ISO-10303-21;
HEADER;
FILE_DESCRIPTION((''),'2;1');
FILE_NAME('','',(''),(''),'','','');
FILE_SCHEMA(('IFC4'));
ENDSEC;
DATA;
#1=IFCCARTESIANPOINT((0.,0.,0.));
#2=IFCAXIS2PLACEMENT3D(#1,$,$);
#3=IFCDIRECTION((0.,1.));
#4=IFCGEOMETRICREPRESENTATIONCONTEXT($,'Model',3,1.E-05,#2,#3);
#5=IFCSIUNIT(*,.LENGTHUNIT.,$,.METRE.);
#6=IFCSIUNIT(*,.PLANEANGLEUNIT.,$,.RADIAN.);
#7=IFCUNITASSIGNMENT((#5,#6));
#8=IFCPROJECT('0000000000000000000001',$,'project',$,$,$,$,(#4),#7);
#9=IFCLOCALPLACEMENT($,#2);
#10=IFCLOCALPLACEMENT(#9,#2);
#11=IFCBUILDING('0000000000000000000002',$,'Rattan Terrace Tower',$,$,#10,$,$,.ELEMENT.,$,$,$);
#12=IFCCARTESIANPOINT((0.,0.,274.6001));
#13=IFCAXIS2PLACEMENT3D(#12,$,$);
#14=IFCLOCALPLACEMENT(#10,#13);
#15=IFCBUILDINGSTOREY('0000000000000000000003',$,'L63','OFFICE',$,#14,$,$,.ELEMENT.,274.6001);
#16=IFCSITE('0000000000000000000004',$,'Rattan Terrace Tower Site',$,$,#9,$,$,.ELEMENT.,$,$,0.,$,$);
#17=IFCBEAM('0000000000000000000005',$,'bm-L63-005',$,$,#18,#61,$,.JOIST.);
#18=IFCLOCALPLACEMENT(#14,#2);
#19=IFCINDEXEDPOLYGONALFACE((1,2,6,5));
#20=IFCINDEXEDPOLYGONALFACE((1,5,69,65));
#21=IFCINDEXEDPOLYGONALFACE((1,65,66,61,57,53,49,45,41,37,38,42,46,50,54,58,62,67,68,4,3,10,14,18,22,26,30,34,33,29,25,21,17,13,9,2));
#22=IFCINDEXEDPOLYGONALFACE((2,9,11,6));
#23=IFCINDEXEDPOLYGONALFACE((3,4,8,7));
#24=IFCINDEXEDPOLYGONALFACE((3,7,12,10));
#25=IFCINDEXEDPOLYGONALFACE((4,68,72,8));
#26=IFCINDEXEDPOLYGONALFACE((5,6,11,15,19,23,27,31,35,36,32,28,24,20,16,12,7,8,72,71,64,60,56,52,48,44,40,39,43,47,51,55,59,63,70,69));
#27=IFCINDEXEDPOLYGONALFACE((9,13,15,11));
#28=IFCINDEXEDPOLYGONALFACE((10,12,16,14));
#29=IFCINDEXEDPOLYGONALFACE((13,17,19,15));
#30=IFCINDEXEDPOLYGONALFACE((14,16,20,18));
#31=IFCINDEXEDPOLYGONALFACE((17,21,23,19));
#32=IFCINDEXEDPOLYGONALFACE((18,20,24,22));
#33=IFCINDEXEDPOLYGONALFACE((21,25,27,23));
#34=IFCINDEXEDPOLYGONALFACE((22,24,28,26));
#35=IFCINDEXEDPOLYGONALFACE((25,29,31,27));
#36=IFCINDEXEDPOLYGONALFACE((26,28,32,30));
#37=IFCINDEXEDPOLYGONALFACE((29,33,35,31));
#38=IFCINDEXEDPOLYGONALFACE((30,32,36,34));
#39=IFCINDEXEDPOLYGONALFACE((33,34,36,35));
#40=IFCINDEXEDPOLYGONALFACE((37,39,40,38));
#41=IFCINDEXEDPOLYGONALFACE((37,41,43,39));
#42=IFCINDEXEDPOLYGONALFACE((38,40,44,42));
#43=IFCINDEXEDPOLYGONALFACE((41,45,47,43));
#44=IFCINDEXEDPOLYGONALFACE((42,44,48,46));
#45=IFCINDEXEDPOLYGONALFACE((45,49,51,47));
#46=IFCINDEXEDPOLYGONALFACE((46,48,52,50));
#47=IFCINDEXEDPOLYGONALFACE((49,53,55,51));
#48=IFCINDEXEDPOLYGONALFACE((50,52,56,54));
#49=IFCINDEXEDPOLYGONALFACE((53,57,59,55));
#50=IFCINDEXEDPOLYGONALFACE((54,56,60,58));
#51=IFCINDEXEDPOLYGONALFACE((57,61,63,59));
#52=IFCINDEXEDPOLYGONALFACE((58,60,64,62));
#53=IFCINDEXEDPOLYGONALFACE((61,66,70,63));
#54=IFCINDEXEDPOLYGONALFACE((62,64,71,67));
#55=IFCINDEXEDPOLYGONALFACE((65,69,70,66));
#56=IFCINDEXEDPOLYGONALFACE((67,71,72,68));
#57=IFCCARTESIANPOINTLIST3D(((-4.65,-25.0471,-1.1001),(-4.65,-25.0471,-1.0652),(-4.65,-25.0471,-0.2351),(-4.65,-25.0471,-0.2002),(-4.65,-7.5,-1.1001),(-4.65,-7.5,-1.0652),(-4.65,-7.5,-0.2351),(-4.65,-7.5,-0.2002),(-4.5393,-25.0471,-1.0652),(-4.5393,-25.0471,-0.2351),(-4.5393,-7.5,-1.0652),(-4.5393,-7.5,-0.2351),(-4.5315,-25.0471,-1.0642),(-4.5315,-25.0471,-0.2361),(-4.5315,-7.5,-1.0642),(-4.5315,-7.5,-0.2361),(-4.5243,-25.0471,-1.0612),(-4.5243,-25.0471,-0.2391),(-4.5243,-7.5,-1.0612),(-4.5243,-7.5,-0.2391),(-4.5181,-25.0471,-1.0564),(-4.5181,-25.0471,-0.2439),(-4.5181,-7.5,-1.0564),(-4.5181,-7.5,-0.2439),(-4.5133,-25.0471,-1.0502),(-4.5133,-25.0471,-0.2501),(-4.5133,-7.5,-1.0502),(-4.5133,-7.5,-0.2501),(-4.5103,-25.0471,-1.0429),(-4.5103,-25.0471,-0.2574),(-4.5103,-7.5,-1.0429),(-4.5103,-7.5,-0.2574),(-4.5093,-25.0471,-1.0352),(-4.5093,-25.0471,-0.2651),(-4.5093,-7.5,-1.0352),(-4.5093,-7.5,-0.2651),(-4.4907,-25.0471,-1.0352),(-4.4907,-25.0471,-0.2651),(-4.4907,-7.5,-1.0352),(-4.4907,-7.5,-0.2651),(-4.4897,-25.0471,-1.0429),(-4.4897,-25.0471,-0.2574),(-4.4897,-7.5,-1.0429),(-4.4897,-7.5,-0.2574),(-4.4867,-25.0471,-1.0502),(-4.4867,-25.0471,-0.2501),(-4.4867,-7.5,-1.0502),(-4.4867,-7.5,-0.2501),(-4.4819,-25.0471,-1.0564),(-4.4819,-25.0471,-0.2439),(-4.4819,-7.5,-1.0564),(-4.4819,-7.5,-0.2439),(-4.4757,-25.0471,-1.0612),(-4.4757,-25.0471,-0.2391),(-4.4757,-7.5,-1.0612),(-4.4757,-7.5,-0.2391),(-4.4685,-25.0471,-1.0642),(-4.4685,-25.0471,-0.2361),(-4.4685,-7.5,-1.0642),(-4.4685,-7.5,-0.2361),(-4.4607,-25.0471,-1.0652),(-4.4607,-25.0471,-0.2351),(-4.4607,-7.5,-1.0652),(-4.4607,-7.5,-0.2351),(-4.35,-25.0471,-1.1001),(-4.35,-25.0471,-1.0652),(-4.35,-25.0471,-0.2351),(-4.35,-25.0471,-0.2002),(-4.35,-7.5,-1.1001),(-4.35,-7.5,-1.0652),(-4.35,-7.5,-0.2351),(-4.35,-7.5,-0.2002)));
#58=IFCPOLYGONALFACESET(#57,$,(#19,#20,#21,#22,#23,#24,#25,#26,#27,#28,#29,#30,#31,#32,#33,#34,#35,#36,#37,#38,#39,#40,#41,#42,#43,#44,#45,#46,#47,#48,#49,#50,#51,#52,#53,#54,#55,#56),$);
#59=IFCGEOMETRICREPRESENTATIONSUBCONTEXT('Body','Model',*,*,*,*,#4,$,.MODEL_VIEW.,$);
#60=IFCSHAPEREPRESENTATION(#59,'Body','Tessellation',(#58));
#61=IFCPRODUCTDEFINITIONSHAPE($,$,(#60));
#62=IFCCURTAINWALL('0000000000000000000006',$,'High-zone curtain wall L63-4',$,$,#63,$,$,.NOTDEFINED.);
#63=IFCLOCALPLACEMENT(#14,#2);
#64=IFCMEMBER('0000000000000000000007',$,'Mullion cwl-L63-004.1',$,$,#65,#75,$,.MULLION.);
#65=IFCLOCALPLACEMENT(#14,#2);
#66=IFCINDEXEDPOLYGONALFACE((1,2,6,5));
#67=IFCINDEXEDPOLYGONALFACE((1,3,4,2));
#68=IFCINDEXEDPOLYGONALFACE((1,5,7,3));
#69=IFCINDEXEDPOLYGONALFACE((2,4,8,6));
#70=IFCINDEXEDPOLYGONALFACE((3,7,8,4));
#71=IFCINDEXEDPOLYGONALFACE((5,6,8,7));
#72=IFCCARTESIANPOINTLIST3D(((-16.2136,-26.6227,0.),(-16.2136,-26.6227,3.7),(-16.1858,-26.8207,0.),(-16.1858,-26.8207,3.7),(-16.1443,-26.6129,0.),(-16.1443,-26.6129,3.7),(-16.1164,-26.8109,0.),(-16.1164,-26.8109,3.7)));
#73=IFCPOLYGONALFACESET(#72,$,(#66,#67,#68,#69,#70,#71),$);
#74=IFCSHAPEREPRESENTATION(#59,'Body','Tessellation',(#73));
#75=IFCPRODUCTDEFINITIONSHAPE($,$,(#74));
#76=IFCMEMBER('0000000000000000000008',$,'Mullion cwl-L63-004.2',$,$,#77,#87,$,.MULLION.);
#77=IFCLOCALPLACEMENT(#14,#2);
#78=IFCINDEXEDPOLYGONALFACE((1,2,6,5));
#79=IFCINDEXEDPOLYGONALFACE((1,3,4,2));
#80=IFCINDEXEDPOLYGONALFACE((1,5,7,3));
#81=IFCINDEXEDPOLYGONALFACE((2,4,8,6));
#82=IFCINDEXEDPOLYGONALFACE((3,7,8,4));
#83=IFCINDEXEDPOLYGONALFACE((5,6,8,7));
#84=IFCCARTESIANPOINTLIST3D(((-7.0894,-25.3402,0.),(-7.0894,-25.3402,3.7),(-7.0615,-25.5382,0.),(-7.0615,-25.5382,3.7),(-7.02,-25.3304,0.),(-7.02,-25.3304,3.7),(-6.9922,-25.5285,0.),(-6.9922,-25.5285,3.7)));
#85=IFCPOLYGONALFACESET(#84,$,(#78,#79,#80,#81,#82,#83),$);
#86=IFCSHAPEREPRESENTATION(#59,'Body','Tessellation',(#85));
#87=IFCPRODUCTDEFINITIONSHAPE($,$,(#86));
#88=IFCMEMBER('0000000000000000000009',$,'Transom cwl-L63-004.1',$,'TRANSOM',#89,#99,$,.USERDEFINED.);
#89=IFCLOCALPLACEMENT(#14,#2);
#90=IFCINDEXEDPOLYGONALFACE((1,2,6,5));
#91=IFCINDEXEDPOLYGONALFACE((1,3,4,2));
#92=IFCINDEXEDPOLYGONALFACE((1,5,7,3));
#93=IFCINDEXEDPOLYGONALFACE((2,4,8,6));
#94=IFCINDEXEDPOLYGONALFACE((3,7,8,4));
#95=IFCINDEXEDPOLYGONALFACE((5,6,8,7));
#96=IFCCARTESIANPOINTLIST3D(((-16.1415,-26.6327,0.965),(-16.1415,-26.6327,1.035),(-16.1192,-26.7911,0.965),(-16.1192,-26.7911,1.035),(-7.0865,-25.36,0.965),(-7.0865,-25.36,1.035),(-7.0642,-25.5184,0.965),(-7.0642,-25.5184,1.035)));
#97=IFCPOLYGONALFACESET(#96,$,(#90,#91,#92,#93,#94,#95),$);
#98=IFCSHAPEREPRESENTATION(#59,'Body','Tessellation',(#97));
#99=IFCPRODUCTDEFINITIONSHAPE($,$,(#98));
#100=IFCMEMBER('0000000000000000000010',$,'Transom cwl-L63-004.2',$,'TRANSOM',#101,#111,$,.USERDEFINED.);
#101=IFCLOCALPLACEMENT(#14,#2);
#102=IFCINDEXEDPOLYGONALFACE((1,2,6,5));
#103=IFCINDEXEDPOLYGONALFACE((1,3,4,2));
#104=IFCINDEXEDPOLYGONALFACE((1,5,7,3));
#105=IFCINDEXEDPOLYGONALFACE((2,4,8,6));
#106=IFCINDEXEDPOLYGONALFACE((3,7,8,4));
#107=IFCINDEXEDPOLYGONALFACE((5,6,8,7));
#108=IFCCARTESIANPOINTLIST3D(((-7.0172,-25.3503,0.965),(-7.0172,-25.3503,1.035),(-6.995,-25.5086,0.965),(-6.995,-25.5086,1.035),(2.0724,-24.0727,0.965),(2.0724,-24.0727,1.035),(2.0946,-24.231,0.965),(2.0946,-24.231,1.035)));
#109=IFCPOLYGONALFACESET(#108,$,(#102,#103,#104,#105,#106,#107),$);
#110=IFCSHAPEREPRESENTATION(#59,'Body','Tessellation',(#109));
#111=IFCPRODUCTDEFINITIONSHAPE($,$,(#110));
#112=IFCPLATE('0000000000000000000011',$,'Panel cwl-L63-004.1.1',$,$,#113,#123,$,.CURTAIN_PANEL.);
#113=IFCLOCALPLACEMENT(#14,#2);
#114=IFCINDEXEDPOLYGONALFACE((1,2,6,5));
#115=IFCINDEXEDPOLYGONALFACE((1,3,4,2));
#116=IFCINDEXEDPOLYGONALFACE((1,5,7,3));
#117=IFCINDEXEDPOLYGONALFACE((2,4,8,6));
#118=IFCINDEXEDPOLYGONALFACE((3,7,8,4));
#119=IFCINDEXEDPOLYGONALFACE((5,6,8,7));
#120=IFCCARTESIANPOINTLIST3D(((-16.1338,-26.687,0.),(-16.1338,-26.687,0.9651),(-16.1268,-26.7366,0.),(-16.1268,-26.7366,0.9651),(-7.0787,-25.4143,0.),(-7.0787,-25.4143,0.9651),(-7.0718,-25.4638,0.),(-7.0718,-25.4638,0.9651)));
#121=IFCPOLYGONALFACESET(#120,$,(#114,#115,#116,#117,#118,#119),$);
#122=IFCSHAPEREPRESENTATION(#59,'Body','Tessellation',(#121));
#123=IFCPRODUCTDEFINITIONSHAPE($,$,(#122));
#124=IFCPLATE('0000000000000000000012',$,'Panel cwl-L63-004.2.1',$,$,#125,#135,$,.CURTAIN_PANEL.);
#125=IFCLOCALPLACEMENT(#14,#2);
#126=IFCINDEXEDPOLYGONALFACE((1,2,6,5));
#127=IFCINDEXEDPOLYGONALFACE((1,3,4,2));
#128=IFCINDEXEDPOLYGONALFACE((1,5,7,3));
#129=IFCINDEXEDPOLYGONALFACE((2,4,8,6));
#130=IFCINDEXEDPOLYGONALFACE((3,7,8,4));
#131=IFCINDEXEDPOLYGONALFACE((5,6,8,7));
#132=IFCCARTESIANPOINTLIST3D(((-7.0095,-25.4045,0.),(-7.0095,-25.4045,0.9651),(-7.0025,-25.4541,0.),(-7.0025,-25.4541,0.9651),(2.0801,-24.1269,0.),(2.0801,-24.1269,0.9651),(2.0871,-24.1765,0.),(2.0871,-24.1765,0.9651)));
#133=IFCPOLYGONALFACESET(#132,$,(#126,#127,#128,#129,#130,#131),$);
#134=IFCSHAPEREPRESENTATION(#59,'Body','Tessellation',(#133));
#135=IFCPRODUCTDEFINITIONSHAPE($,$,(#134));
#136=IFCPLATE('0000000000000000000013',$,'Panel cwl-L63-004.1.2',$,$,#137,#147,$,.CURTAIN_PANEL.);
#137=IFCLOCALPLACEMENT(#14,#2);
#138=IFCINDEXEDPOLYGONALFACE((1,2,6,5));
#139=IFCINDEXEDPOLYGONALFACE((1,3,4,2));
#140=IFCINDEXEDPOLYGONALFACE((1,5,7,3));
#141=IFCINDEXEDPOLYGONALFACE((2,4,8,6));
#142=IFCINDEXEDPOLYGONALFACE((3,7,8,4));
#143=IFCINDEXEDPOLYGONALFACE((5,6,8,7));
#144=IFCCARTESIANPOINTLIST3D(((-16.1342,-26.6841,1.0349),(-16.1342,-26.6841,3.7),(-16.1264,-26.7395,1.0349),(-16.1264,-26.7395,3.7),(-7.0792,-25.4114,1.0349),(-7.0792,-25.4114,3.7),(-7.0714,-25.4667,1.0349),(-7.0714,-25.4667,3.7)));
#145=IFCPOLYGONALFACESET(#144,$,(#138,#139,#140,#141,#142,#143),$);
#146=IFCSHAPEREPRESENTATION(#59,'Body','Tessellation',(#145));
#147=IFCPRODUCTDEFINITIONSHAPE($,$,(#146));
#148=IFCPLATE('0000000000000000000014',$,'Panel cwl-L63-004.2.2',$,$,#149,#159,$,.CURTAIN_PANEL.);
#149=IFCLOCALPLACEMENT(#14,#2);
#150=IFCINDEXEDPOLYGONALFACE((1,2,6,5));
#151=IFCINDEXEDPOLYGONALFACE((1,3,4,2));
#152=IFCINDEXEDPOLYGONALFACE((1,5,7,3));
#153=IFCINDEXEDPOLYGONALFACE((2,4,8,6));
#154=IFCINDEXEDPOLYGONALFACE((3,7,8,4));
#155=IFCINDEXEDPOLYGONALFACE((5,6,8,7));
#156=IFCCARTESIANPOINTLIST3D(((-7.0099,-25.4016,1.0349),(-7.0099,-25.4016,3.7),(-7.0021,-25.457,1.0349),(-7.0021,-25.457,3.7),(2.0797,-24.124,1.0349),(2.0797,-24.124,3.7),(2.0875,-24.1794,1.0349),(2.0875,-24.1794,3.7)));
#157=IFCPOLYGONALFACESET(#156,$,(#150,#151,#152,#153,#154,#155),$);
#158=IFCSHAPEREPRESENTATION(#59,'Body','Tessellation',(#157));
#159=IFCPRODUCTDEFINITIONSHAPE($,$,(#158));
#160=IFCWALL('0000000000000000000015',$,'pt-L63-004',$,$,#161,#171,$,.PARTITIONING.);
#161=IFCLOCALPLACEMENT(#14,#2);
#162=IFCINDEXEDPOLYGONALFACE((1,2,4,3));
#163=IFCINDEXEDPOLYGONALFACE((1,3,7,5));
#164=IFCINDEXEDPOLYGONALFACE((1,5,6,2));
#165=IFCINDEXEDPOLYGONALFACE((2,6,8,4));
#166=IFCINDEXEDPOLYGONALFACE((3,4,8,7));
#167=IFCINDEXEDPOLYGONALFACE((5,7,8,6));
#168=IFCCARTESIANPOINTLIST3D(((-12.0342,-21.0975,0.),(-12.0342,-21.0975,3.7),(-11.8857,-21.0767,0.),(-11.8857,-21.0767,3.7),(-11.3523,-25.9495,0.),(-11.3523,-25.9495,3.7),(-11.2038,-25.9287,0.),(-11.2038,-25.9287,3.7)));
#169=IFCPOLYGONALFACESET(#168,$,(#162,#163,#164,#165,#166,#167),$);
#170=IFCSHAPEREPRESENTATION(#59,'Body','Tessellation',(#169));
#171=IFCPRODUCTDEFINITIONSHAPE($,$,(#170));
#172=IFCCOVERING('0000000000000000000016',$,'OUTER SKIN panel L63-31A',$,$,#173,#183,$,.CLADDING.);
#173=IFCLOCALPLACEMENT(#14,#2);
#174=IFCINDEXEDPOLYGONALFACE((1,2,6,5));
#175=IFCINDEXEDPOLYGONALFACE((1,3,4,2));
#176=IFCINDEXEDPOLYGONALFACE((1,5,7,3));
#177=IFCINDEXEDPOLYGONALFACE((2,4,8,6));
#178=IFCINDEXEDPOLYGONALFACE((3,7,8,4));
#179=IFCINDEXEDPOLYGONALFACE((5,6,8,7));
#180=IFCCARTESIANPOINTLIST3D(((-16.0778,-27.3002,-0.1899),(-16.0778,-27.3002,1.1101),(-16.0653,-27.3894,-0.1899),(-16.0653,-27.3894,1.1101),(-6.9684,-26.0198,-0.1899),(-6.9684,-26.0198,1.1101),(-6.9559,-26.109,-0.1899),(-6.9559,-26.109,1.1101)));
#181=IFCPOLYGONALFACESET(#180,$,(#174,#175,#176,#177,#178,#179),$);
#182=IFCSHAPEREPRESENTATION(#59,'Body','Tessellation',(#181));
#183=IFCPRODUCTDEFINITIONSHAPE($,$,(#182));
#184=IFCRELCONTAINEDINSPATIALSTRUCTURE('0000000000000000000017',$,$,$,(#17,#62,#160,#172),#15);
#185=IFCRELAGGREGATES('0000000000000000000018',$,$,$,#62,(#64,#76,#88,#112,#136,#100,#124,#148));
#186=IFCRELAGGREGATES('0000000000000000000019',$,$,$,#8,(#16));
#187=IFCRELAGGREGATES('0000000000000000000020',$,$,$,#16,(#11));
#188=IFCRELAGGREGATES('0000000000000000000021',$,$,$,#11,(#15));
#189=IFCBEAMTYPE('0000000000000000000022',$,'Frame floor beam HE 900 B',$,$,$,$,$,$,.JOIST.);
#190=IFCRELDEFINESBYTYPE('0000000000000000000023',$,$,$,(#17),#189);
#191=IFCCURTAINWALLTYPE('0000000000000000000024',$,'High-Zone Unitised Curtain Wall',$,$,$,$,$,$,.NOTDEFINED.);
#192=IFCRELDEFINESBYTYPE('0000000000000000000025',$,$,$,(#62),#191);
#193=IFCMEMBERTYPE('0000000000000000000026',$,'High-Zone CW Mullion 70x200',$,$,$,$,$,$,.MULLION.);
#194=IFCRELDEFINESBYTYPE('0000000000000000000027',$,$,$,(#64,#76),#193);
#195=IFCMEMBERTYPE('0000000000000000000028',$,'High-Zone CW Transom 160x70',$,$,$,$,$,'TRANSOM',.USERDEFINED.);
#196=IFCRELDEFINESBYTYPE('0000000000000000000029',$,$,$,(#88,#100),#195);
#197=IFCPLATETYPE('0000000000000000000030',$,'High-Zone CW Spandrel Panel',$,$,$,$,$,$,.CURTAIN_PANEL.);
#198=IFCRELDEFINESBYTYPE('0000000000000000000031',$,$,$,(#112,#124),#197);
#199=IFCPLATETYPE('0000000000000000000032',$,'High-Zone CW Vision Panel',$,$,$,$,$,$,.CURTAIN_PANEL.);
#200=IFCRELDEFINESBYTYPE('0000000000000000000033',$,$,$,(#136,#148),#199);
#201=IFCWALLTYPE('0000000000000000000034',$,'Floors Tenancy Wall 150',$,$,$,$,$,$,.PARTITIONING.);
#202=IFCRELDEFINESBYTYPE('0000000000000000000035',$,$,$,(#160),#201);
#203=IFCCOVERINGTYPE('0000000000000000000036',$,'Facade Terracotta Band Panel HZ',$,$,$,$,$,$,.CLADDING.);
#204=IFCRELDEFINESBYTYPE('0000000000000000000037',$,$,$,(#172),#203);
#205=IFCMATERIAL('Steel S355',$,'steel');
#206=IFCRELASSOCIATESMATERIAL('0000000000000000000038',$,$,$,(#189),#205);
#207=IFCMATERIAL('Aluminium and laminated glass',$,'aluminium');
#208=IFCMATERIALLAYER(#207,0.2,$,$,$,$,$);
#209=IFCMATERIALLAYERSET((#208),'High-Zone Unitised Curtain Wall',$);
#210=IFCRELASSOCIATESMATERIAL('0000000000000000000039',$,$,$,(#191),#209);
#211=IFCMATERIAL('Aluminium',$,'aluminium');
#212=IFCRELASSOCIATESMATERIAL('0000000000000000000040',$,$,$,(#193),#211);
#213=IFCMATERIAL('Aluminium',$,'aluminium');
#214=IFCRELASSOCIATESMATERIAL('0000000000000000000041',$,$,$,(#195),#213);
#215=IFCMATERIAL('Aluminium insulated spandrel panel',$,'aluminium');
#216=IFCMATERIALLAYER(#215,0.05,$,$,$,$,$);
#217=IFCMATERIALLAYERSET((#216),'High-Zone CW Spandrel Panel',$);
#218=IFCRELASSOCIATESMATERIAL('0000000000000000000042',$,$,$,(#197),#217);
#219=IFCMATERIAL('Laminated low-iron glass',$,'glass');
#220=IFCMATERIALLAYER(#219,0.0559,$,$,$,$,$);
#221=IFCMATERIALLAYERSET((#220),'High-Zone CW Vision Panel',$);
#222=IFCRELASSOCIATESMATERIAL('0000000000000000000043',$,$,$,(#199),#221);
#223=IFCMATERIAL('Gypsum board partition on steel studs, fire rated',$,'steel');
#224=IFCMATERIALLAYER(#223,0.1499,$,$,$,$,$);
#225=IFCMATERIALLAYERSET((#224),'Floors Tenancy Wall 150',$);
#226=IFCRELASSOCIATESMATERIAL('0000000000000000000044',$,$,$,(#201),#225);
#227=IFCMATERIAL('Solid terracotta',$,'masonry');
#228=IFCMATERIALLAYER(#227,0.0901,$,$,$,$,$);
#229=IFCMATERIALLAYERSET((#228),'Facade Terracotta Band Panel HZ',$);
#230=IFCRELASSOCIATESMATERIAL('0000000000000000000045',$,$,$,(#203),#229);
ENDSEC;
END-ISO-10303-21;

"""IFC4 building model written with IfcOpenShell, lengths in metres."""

from ifc_helpers import new_model, si_unit, direction, frame, frame_2d, origin, origin_2d, place, context, subcontext, project, spatial, rectangle, i_section, extrude, material, layer, layer_set, material_profile, profile_set, type_object, element, aggregate, save


model = new_model("IFC4")

# Units and contexts
model_context = context("Model", 3, precision=1e-05, world=origin(), true_north=direction((0.0, 1.0)))
body_context = subcontext(model_context, "Body", "Model", "MODEL_VIEW")
ifc_project = project(units=[si_unit("LENGTHUNIT", "METRE"), si_unit("PLANEANGLEUNIT", "RADIAN")], contexts=[model_context])

# Site, building, storey
site_placement = place(None, origin())
site = spatial("IfcSite", under=ifc_project, at=site_placement, Name="Rattan Terrace Tower Site", CompositionType="ELEMENT", RefElevation=0.0)
building_placement = place(site_placement, origin())
building = spatial("IfcBuilding", under=site, at=building_placement, Name="Rattan Terrace Tower", CompositionType="ELEMENT")
storey_placement = place(building_placement, frame((0.0, 0.0, 274.6001)))
storey = spatial("IfcBuildingStorey", under=building, at=storey_placement, Name="L63", Description="OFFICE", CompositionType="ELEMENT", Elevation=274.6001)

# Beam
ifc_material_1 = material(Name="Steel S355", Category="steel")
ifc_material_profile_1 = material_profile(ifc_material_1, i_section(OverallWidth=0.3, OverallDepth=0.8999, WebThickness=0.0186, FlangeThickness=0.0349, FilletRadius=0.03, at=origin_2d()), Name="HE 900 B")
ifc_profile_set_1 = profile_set([ifc_material_profile_1], Name="Steel S355")
beam_type_1 = type_object("IfcBeamType", Name="Frame floor beam HE 900 B", PredefinedType="JOIST", material=ifc_profile_set_1)
beam_1_placement = place(storey_placement, frame((-4.5, -25.0471, -0.6501), z_axis=(0.0, 1.0, 0.0), x_axis=(-1.0, 0.0, 0.0)))
element("IfcBeam", 1, at=beam_1_placement, inside=storey, type_object=beam_type_1, Name="bm-L63-005", PredefinedType="JOIST", context=body_context, shape_type="SweptSolid", body=[
    extrude(i_section(OverallWidth=0.3, OverallDepth=0.8999, WebThickness=0.0186, FlangeThickness=0.0349, FilletRadius=0.03, at=origin_2d()), origin(), (0.0, 0.0, 1.0), 17.5471),
])

# Curtain wall, members, plates
ifc_material_2 = material(Name="Aluminium and laminated glass", Category="aluminium")
ifc_layer_1 = layer(ifc_material_2, 0.2)
ifc_layer_set_1 = layer_set([ifc_layer_1], Name="High-Zone Unitised Curtain Wall")
curtain_wall_type = type_object("IfcCurtainWallType", Name="High-Zone Unitised Curtain Wall", PredefinedType="NOTDEFINED", material=ifc_layer_set_1)
curtain_wall_placement = place(storey_placement, origin())
curtain_wall = element("IfcCurtainWall", 2, at=curtain_wall_placement, inside=storey, type_object=curtain_wall_type, Name="High-zone curtain wall L63-4", PredefinedType="NOTDEFINED")
ifc_material_3 = material(Name="Aluminium", Category="aluminium")
ifc_material_profile_2 = material_profile(ifc_material_3, rectangle(XDim=0.0701, YDim=0.2, at=origin_2d()), Name="Aluminium 70x200")
ifc_profile_set_2 = profile_set([ifc_material_profile_2], Name="Aluminium")
member_type_1 = type_object("IfcMemberType", Name="High-Zone CW Mullion 70x200", PredefinedType="MULLION", material=ifc_profile_set_2)
member_1_placement = place(storey_placement, frame((-16.165, -26.7168, 0.0), z_axis=(0.0, 0.0, 1.0), x_axis=(0.990266, 0.139189, 0.0)))
member_1 = element("IfcMember", 3, at=member_1_placement, type_object=member_type_1, Name="Mullion cwl-L63-004.1", PredefinedType="MULLION", context=body_context, shape_type="SweptSolid", body=[
    extrude(rectangle(XDim=0.0701, YDim=0.2, at=origin_2d()), origin(), (0.0, 0.0, 1.0), 3.7),
])
member_2_placement = place(storey_placement, frame((-7.0408, -25.4343, 0.0), z_axis=(0.0, 0.0, 1.0), x_axis=(0.990266, 0.139189, 0.0)))
member_2 = element("IfcMember", 4, at=member_2_placement, type_object=member_type_1, Name="Mullion cwl-L63-004.2", PredefinedType="MULLION", context=body_context, shape_type="SweptSolid", body=[
    extrude(rectangle(XDim=0.0701, YDim=0.2, at=origin_2d()), origin(), (0.0, 0.0, 1.0), 3.7),
])
ifc_material_4 = material(Name="Aluminium", Category="aluminium")
ifc_material_profile_3 = material_profile(ifc_material_4, rectangle(XDim=0.1599, YDim=0.0701, at=origin_2d()), Name="Aluminium 160x70")
ifc_profile_set_3 = profile_set([ifc_material_profile_3], Name="Aluminium")
member_type_2 = type_object("IfcMemberType", Name="High-Zone CW Transom 160x70", ElementType="TRANSOM", PredefinedType="USERDEFINED", material=ifc_profile_set_3)
member_3_placement = place(storey_placement, frame((-16.1304, -26.7119, 1.0), z_axis=(0.990266, 0.139186, 0.0), x_axis=(-0.139186, 0.990266, 0.0)))
member_3 = element("IfcMember", 5, at=member_3_placement, type_object=member_type_2, Name="Transom cwl-L63-004.1", ObjectType="TRANSOM", PredefinedType="USERDEFINED", context=body_context, shape_type="SweptSolid", body=[
    extrude(rectangle(XDim=0.1599, YDim=0.0701, at=origin_2d()), origin(), (0.0, 0.0, 1.0), 9.144),
])
member_4_placement = place(storey_placement, frame((-7.0061, -25.4294, 1.0), z_axis=(0.990266, 0.139187, 0.0), x_axis=(-0.139187, 0.990266, 0.0)))
member_4 = element("IfcMember", 6, at=member_4_placement, type_object=member_type_2, Name="Transom cwl-L63-004.2", ObjectType="TRANSOM", PredefinedType="USERDEFINED", context=body_context, shape_type="SweptSolid", body=[
    extrude(rectangle(XDim=0.1599, YDim=0.0701, at=origin_2d()), origin(), (0.0, 0.0, 1.0), 9.179),
])
ifc_material_5 = material(Name="Aluminium insulated spandrel panel", Category="aluminium")
ifc_layer_2 = layer(ifc_material_5, 0.05)
ifc_layer_set_2 = layer_set([ifc_layer_2], Name="High-Zone CW Spandrel Panel")
plate_type_1 = type_object("IfcPlateType", Name="High-Zone CW Spandrel Panel", PredefinedType="CURTAIN_PANEL", material=ifc_layer_set_2)
plate_1_placement = place(storey_placement, frame((-11.6028, -26.0754, 0.0), z_axis=(0.0, 0.0, 1.0), x_axis=(0.990266, 0.139189, 0.0)))
plate_1 = element("IfcPlate", 7, at=plate_1_placement, type_object=plate_type_1, Name="Panel cwl-L63-004.1.1", PredefinedType="CURTAIN_PANEL", context=body_context, shape_type="SweptSolid", body=[
    extrude(rectangle(XDim=9.144, YDim=0.05, at=origin_2d()), origin(), (0.0, 0.0, 1.0), 0.9651),
])
plate_2_placement = place(storey_placement, frame((-2.4612, -24.7905, 0.0), z_axis=(0.0, 0.0, 1.0), x_axis=(0.990266, 0.139189, 0.0)))
plate_2 = element("IfcPlate", 8, at=plate_2_placement, type_object=plate_type_1, Name="Panel cwl-L63-004.2.1", PredefinedType="CURTAIN_PANEL", context=body_context, shape_type="SweptSolid", body=[
    extrude(rectangle(XDim=9.179, YDim=0.05, at=origin_2d()), origin(), (0.0, 0.0, 1.0), 0.9651),
])
ifc_material_6 = material(Name="Laminated low-iron glass", Category="glass")
ifc_layer_3 = layer(ifc_material_6, 0.0559)
ifc_layer_set_3 = layer_set([ifc_layer_3], Name="High-Zone CW Vision Panel")
plate_type_2 = type_object("IfcPlateType", Name="High-Zone CW Vision Panel", PredefinedType="CURTAIN_PANEL", material=ifc_layer_set_3)
plate_3_placement = place(storey_placement, frame((-11.6028, -26.0754, 1.0349), z_axis=(0.0, 0.0, 1.0), x_axis=(0.990266, 0.139189, 0.0)))
plate_3 = element("IfcPlate", 9, at=plate_3_placement, type_object=plate_type_2, Name="Panel cwl-L63-004.1.2", PredefinedType="CURTAIN_PANEL", context=body_context, shape_type="SweptSolid", body=[
    extrude(rectangle(XDim=9.144, YDim=0.0559, at=origin_2d()), origin(), (0.0, 0.0, 1.0), 2.665),
])
plate_4_placement = place(storey_placement, frame((-2.4612, -24.7905, 1.0349), z_axis=(0.0, 0.0, 1.0), x_axis=(0.990266, 0.139189, 0.0)))
plate_4 = element("IfcPlate", 10, at=plate_4_placement, type_object=plate_type_2, Name="Panel cwl-L63-004.2.2", PredefinedType="CURTAIN_PANEL", context=body_context, shape_type="SweptSolid", body=[
    extrude(rectangle(XDim=9.179, YDim=0.0559, at=origin_2d()), origin(), (0.0, 0.0, 1.0), 2.665),
])
aggregate(curtain_wall, [member_1, member_2, member_3, plate_1, plate_3, member_4, plate_2, plate_4])

# Wall
ifc_material_7 = material(Name="Gypsum board partition on steel studs, fire rated", Category="steel")
ifc_layer_4 = layer(ifc_material_7, 0.1499)
ifc_layer_set_4 = layer_set([ifc_layer_4], Name="Floors Tenancy Wall 150")
wall_type = type_object("IfcWallType", Name="Floors Tenancy Wall 150", PredefinedType="PARTITIONING", material=ifc_layer_set_4)
wall_placement = place(storey_placement, frame((-11.2781, -25.939, 0.0), z_axis=(0.0, 0.0, 1.0), x_axis=(-0.139168, 0.990269, 0.0)))
element("IfcWall", 11, at=wall_placement, inside=storey, type_object=wall_type, Name="pt-L63-004", PredefinedType="PARTITIONING", context=body_context, shape_type="SweptSolid", body=[
    extrude(rectangle(XDim=4.8997, YDim=0.1499, at=frame_2d((2.4497, 0.0))), origin(), (0.0, 0.0, 1.0), 3.7),
])

# Covering
ifc_material_8 = material(Name="Solid terracotta", Category="masonry")
ifc_layer_5 = layer(ifc_material_8, 0.0901)
ifc_layer_set_5 = layer_set([ifc_layer_5], Name="Facade Terracotta Band Panel HZ")
covering_type_1 = type_object("IfcCoveringType", Name="Facade Terracotta Band Panel HZ", PredefinedType="CLADDING", material=ifc_layer_set_5)
covering_1_placement = place(storey_placement, frame((-11.5168, -26.7046, -0.1899), z_axis=(0.0, 0.0, 1.0), x_axis=(0.990266, 0.139189, 0.0)))
element("IfcCovering", 12, at=covering_1_placement, inside=storey, type_object=covering_type_1, Name="OUTER SKIN panel L63-31A", PredefinedType="CLADDING", context=body_context, shape_type="SweptSolid", body=[
    extrude(rectangle(XDim=9.199, YDim=0.0901, at=origin_2d()), origin(), (0.0, 0.0, 1.0), 1.3),
])

save(model, "model.ifc")
